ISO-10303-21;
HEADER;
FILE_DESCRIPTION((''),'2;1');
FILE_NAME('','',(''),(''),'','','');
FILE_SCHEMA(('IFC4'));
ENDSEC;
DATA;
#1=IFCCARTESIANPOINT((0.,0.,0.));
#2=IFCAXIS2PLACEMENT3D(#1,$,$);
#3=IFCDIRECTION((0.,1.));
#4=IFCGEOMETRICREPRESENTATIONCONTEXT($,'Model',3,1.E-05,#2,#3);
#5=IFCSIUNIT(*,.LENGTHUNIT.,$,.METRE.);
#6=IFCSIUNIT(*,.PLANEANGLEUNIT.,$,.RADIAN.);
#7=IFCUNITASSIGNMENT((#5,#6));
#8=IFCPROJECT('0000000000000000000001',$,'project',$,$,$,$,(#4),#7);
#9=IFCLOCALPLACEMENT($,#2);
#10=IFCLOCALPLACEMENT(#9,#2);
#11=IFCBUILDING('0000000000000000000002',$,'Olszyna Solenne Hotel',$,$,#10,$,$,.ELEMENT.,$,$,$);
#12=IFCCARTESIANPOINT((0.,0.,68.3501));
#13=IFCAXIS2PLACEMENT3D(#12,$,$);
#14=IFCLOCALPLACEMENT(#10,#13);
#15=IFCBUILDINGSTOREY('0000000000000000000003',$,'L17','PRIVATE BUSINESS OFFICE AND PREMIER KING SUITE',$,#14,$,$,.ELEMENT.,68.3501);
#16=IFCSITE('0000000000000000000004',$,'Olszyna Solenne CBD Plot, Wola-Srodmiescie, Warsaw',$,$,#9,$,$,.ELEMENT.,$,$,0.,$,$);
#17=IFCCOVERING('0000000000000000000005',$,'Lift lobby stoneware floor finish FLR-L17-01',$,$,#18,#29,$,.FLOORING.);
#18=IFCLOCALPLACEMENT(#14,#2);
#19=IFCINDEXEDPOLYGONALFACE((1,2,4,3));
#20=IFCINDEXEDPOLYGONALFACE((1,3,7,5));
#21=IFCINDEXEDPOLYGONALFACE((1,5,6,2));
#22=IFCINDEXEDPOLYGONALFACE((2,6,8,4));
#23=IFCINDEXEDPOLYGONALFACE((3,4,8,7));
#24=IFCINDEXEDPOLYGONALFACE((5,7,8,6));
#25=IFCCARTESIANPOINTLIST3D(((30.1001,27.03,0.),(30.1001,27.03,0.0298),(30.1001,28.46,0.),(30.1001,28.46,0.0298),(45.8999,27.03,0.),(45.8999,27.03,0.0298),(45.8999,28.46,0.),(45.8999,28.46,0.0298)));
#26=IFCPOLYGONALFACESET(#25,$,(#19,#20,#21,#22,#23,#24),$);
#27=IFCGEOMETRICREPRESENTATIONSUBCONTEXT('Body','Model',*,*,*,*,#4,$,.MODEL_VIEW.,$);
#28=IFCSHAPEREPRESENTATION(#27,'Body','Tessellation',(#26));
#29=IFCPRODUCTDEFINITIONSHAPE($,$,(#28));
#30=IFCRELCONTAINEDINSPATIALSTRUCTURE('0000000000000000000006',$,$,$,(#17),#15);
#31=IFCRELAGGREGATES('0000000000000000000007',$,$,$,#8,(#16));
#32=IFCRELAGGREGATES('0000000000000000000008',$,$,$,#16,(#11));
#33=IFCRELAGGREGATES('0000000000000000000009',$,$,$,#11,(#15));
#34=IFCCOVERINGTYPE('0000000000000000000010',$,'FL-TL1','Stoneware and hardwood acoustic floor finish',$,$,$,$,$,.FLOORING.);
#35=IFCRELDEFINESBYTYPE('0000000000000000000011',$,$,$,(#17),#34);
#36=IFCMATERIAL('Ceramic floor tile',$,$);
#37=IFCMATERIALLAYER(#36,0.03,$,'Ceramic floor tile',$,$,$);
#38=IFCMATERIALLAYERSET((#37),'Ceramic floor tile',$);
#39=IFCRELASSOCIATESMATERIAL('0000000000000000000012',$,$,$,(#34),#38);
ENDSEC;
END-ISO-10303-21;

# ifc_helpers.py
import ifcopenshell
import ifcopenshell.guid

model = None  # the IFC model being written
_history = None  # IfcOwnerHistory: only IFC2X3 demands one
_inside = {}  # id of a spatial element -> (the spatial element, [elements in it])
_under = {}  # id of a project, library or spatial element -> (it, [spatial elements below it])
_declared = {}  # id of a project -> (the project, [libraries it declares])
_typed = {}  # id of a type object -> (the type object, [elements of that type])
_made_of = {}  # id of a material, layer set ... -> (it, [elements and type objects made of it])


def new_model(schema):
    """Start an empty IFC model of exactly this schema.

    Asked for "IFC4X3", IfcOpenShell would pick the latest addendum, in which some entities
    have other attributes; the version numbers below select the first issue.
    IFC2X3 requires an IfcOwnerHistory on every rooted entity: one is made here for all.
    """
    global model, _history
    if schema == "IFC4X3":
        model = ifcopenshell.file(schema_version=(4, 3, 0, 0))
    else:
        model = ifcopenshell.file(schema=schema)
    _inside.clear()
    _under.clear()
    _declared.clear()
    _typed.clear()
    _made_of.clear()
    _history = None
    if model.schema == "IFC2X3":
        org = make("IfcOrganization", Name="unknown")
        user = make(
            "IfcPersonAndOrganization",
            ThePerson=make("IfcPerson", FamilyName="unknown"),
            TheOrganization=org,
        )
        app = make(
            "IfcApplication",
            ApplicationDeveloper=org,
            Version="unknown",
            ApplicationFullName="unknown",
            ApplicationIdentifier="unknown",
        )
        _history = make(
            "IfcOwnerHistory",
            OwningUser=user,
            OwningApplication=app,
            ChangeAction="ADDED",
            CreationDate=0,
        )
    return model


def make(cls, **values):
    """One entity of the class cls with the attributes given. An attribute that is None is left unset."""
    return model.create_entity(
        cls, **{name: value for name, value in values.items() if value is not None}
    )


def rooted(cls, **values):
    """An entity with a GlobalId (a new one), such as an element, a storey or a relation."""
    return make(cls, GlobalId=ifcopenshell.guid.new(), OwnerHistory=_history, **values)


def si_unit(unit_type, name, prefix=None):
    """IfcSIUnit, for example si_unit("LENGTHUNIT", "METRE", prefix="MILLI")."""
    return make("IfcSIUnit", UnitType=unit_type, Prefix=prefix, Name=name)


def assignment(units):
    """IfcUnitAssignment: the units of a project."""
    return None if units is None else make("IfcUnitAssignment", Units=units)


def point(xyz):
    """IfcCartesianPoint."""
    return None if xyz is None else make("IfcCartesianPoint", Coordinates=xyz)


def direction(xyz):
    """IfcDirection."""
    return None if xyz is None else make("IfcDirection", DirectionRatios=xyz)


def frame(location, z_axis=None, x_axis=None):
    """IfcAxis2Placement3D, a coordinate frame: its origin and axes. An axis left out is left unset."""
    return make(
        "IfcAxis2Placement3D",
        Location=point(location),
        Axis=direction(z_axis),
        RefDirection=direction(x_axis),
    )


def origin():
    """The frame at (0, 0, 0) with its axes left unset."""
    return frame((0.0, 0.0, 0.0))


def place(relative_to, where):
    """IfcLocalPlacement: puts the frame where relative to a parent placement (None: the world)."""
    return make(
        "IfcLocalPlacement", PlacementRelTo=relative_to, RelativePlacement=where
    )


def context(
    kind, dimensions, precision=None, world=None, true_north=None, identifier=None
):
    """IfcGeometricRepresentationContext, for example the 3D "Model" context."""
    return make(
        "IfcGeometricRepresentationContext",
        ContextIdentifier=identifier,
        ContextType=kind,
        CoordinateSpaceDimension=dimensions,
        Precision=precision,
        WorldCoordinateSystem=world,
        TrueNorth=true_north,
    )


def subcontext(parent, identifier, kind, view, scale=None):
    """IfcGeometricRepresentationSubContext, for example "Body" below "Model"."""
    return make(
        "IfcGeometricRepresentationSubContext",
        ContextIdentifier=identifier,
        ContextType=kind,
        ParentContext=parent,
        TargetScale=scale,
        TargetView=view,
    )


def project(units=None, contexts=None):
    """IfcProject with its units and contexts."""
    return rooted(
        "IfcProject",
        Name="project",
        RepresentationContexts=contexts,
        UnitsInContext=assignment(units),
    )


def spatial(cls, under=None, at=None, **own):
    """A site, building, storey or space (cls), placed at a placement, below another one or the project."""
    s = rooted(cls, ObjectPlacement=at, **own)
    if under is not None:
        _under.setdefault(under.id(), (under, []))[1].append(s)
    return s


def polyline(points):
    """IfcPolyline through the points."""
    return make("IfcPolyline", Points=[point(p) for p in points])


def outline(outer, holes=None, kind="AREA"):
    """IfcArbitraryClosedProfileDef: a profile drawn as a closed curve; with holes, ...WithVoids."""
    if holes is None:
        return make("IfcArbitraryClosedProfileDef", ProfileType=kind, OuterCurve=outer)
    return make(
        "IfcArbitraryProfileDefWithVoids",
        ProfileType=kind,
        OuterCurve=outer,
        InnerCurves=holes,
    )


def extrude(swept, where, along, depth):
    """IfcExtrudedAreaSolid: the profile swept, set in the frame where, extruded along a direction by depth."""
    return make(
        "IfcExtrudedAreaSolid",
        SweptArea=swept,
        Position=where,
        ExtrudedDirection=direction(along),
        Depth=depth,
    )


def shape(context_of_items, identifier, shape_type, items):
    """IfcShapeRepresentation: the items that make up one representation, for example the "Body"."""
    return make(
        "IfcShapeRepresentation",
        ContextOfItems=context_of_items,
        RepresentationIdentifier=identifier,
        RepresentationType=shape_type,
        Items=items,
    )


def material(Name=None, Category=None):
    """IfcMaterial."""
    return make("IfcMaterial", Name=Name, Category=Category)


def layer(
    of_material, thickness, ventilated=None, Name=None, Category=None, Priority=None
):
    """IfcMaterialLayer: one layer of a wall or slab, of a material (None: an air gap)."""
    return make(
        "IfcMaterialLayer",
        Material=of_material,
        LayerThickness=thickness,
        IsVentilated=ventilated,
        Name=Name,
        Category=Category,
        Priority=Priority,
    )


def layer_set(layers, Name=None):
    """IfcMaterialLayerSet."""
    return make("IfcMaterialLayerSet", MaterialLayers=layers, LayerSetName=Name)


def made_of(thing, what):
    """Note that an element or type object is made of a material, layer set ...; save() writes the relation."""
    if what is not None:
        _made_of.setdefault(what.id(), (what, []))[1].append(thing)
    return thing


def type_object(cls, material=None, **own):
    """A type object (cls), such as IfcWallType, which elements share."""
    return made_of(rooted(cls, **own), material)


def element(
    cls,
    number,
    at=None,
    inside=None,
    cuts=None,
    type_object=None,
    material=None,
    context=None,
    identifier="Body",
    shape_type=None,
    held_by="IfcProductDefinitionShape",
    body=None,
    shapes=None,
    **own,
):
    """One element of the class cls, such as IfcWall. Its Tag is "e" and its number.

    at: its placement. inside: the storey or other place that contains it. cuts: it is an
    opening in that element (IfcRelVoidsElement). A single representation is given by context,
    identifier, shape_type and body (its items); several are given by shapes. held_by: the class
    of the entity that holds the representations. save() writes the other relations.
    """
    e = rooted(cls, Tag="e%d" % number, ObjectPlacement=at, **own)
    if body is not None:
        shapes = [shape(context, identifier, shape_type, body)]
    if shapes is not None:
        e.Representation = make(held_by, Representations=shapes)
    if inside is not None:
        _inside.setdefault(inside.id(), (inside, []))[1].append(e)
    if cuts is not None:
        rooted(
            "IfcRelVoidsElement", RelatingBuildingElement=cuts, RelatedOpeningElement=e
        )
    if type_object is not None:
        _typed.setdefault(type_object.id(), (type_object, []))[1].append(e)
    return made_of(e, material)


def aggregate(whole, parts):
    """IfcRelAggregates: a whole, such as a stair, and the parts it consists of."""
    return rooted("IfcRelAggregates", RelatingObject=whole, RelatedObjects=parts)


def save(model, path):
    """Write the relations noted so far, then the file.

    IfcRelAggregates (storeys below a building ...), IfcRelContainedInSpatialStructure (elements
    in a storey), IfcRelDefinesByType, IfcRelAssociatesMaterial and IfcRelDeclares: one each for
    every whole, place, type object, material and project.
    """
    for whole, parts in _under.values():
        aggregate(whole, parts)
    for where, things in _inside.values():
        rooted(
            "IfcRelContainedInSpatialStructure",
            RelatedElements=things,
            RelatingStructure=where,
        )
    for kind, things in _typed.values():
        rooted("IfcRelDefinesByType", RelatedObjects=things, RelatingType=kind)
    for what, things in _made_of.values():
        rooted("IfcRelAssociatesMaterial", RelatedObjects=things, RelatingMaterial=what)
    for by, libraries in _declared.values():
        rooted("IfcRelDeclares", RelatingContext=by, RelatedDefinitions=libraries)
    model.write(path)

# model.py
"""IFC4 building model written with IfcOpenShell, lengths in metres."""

from ifc_helpers import new_model, si_unit, direction, frame, origin, place, context, subcontext, project, spatial, polyline, outline, extrude, material, layer, layer_set, type_object, element, save


model = new_model("IFC4")

# Units and contexts
model_context = context("Model", 3, precision=1e-05, world=origin(), true_north=direction((0.0, 1.0)))
body_context = subcontext(model_context, "Body", "Model", "MODEL_VIEW")
ifc_project = project(units=[si_unit("LENGTHUNIT", "METRE"), si_unit("PLANEANGLEUNIT", "RADIAN")], contexts=[model_context])

# Site, building, storey
site_placement = place(None, origin())
site = spatial("IfcSite", under=ifc_project, at=site_placement, Name="Olszyna Solenne CBD Plot, Wola-Srodmiescie, Warsaw", CompositionType="ELEMENT", RefElevation=0.0)
building_placement = place(site_placement, origin())
building = spatial("IfcBuilding", under=site, at=building_placement, Name="Olszyna Solenne Hotel", CompositionType="ELEMENT")
storey_placement = place(building_placement, frame((0.0, 0.0, 68.3501)))
storey = spatial("IfcBuildingStorey", under=building, at=storey_placement, Name="L17", Description="PRIVATE BUSINESS OFFICE AND PREMIER KING SUITE", CompositionType="ELEMENT", Elevation=68.3501)

# Covering
ifc_material_1 = material(Name="Ceramic floor tile")
ifc_layer_1 = layer(ifc_material_1, 0.03, Name="Ceramic floor tile")
ifc_layer_set_1 = layer_set([ifc_layer_1], Name="Ceramic floor tile")
covering_type_1 = type_object("IfcCoveringType", Name="FL-TL1", Description="Stoneware and hardwood acoustic floor finish", PredefinedType="FLOORING", material=ifc_layer_set_1)
covering_1_placement = place(storey_placement, origin())
element("IfcCovering", 1, at=covering_1_placement, inside=storey, type_object=covering_type_1, Name="Lift lobby stoneware floor finish FLR-L17-01", PredefinedType="FLOORING", context=body_context, shape_type="SweptSolid", body=[
    extrude(outline(polyline([(30.1001, 27.03), (45.8999, 27.03), (45.8999, 28.46), (30.1001, 28.46), (30.1001, 27.03)])), origin(), (0.0, 0.0, 1.0), 0.0298),
])

save(model, "model.ifc")
